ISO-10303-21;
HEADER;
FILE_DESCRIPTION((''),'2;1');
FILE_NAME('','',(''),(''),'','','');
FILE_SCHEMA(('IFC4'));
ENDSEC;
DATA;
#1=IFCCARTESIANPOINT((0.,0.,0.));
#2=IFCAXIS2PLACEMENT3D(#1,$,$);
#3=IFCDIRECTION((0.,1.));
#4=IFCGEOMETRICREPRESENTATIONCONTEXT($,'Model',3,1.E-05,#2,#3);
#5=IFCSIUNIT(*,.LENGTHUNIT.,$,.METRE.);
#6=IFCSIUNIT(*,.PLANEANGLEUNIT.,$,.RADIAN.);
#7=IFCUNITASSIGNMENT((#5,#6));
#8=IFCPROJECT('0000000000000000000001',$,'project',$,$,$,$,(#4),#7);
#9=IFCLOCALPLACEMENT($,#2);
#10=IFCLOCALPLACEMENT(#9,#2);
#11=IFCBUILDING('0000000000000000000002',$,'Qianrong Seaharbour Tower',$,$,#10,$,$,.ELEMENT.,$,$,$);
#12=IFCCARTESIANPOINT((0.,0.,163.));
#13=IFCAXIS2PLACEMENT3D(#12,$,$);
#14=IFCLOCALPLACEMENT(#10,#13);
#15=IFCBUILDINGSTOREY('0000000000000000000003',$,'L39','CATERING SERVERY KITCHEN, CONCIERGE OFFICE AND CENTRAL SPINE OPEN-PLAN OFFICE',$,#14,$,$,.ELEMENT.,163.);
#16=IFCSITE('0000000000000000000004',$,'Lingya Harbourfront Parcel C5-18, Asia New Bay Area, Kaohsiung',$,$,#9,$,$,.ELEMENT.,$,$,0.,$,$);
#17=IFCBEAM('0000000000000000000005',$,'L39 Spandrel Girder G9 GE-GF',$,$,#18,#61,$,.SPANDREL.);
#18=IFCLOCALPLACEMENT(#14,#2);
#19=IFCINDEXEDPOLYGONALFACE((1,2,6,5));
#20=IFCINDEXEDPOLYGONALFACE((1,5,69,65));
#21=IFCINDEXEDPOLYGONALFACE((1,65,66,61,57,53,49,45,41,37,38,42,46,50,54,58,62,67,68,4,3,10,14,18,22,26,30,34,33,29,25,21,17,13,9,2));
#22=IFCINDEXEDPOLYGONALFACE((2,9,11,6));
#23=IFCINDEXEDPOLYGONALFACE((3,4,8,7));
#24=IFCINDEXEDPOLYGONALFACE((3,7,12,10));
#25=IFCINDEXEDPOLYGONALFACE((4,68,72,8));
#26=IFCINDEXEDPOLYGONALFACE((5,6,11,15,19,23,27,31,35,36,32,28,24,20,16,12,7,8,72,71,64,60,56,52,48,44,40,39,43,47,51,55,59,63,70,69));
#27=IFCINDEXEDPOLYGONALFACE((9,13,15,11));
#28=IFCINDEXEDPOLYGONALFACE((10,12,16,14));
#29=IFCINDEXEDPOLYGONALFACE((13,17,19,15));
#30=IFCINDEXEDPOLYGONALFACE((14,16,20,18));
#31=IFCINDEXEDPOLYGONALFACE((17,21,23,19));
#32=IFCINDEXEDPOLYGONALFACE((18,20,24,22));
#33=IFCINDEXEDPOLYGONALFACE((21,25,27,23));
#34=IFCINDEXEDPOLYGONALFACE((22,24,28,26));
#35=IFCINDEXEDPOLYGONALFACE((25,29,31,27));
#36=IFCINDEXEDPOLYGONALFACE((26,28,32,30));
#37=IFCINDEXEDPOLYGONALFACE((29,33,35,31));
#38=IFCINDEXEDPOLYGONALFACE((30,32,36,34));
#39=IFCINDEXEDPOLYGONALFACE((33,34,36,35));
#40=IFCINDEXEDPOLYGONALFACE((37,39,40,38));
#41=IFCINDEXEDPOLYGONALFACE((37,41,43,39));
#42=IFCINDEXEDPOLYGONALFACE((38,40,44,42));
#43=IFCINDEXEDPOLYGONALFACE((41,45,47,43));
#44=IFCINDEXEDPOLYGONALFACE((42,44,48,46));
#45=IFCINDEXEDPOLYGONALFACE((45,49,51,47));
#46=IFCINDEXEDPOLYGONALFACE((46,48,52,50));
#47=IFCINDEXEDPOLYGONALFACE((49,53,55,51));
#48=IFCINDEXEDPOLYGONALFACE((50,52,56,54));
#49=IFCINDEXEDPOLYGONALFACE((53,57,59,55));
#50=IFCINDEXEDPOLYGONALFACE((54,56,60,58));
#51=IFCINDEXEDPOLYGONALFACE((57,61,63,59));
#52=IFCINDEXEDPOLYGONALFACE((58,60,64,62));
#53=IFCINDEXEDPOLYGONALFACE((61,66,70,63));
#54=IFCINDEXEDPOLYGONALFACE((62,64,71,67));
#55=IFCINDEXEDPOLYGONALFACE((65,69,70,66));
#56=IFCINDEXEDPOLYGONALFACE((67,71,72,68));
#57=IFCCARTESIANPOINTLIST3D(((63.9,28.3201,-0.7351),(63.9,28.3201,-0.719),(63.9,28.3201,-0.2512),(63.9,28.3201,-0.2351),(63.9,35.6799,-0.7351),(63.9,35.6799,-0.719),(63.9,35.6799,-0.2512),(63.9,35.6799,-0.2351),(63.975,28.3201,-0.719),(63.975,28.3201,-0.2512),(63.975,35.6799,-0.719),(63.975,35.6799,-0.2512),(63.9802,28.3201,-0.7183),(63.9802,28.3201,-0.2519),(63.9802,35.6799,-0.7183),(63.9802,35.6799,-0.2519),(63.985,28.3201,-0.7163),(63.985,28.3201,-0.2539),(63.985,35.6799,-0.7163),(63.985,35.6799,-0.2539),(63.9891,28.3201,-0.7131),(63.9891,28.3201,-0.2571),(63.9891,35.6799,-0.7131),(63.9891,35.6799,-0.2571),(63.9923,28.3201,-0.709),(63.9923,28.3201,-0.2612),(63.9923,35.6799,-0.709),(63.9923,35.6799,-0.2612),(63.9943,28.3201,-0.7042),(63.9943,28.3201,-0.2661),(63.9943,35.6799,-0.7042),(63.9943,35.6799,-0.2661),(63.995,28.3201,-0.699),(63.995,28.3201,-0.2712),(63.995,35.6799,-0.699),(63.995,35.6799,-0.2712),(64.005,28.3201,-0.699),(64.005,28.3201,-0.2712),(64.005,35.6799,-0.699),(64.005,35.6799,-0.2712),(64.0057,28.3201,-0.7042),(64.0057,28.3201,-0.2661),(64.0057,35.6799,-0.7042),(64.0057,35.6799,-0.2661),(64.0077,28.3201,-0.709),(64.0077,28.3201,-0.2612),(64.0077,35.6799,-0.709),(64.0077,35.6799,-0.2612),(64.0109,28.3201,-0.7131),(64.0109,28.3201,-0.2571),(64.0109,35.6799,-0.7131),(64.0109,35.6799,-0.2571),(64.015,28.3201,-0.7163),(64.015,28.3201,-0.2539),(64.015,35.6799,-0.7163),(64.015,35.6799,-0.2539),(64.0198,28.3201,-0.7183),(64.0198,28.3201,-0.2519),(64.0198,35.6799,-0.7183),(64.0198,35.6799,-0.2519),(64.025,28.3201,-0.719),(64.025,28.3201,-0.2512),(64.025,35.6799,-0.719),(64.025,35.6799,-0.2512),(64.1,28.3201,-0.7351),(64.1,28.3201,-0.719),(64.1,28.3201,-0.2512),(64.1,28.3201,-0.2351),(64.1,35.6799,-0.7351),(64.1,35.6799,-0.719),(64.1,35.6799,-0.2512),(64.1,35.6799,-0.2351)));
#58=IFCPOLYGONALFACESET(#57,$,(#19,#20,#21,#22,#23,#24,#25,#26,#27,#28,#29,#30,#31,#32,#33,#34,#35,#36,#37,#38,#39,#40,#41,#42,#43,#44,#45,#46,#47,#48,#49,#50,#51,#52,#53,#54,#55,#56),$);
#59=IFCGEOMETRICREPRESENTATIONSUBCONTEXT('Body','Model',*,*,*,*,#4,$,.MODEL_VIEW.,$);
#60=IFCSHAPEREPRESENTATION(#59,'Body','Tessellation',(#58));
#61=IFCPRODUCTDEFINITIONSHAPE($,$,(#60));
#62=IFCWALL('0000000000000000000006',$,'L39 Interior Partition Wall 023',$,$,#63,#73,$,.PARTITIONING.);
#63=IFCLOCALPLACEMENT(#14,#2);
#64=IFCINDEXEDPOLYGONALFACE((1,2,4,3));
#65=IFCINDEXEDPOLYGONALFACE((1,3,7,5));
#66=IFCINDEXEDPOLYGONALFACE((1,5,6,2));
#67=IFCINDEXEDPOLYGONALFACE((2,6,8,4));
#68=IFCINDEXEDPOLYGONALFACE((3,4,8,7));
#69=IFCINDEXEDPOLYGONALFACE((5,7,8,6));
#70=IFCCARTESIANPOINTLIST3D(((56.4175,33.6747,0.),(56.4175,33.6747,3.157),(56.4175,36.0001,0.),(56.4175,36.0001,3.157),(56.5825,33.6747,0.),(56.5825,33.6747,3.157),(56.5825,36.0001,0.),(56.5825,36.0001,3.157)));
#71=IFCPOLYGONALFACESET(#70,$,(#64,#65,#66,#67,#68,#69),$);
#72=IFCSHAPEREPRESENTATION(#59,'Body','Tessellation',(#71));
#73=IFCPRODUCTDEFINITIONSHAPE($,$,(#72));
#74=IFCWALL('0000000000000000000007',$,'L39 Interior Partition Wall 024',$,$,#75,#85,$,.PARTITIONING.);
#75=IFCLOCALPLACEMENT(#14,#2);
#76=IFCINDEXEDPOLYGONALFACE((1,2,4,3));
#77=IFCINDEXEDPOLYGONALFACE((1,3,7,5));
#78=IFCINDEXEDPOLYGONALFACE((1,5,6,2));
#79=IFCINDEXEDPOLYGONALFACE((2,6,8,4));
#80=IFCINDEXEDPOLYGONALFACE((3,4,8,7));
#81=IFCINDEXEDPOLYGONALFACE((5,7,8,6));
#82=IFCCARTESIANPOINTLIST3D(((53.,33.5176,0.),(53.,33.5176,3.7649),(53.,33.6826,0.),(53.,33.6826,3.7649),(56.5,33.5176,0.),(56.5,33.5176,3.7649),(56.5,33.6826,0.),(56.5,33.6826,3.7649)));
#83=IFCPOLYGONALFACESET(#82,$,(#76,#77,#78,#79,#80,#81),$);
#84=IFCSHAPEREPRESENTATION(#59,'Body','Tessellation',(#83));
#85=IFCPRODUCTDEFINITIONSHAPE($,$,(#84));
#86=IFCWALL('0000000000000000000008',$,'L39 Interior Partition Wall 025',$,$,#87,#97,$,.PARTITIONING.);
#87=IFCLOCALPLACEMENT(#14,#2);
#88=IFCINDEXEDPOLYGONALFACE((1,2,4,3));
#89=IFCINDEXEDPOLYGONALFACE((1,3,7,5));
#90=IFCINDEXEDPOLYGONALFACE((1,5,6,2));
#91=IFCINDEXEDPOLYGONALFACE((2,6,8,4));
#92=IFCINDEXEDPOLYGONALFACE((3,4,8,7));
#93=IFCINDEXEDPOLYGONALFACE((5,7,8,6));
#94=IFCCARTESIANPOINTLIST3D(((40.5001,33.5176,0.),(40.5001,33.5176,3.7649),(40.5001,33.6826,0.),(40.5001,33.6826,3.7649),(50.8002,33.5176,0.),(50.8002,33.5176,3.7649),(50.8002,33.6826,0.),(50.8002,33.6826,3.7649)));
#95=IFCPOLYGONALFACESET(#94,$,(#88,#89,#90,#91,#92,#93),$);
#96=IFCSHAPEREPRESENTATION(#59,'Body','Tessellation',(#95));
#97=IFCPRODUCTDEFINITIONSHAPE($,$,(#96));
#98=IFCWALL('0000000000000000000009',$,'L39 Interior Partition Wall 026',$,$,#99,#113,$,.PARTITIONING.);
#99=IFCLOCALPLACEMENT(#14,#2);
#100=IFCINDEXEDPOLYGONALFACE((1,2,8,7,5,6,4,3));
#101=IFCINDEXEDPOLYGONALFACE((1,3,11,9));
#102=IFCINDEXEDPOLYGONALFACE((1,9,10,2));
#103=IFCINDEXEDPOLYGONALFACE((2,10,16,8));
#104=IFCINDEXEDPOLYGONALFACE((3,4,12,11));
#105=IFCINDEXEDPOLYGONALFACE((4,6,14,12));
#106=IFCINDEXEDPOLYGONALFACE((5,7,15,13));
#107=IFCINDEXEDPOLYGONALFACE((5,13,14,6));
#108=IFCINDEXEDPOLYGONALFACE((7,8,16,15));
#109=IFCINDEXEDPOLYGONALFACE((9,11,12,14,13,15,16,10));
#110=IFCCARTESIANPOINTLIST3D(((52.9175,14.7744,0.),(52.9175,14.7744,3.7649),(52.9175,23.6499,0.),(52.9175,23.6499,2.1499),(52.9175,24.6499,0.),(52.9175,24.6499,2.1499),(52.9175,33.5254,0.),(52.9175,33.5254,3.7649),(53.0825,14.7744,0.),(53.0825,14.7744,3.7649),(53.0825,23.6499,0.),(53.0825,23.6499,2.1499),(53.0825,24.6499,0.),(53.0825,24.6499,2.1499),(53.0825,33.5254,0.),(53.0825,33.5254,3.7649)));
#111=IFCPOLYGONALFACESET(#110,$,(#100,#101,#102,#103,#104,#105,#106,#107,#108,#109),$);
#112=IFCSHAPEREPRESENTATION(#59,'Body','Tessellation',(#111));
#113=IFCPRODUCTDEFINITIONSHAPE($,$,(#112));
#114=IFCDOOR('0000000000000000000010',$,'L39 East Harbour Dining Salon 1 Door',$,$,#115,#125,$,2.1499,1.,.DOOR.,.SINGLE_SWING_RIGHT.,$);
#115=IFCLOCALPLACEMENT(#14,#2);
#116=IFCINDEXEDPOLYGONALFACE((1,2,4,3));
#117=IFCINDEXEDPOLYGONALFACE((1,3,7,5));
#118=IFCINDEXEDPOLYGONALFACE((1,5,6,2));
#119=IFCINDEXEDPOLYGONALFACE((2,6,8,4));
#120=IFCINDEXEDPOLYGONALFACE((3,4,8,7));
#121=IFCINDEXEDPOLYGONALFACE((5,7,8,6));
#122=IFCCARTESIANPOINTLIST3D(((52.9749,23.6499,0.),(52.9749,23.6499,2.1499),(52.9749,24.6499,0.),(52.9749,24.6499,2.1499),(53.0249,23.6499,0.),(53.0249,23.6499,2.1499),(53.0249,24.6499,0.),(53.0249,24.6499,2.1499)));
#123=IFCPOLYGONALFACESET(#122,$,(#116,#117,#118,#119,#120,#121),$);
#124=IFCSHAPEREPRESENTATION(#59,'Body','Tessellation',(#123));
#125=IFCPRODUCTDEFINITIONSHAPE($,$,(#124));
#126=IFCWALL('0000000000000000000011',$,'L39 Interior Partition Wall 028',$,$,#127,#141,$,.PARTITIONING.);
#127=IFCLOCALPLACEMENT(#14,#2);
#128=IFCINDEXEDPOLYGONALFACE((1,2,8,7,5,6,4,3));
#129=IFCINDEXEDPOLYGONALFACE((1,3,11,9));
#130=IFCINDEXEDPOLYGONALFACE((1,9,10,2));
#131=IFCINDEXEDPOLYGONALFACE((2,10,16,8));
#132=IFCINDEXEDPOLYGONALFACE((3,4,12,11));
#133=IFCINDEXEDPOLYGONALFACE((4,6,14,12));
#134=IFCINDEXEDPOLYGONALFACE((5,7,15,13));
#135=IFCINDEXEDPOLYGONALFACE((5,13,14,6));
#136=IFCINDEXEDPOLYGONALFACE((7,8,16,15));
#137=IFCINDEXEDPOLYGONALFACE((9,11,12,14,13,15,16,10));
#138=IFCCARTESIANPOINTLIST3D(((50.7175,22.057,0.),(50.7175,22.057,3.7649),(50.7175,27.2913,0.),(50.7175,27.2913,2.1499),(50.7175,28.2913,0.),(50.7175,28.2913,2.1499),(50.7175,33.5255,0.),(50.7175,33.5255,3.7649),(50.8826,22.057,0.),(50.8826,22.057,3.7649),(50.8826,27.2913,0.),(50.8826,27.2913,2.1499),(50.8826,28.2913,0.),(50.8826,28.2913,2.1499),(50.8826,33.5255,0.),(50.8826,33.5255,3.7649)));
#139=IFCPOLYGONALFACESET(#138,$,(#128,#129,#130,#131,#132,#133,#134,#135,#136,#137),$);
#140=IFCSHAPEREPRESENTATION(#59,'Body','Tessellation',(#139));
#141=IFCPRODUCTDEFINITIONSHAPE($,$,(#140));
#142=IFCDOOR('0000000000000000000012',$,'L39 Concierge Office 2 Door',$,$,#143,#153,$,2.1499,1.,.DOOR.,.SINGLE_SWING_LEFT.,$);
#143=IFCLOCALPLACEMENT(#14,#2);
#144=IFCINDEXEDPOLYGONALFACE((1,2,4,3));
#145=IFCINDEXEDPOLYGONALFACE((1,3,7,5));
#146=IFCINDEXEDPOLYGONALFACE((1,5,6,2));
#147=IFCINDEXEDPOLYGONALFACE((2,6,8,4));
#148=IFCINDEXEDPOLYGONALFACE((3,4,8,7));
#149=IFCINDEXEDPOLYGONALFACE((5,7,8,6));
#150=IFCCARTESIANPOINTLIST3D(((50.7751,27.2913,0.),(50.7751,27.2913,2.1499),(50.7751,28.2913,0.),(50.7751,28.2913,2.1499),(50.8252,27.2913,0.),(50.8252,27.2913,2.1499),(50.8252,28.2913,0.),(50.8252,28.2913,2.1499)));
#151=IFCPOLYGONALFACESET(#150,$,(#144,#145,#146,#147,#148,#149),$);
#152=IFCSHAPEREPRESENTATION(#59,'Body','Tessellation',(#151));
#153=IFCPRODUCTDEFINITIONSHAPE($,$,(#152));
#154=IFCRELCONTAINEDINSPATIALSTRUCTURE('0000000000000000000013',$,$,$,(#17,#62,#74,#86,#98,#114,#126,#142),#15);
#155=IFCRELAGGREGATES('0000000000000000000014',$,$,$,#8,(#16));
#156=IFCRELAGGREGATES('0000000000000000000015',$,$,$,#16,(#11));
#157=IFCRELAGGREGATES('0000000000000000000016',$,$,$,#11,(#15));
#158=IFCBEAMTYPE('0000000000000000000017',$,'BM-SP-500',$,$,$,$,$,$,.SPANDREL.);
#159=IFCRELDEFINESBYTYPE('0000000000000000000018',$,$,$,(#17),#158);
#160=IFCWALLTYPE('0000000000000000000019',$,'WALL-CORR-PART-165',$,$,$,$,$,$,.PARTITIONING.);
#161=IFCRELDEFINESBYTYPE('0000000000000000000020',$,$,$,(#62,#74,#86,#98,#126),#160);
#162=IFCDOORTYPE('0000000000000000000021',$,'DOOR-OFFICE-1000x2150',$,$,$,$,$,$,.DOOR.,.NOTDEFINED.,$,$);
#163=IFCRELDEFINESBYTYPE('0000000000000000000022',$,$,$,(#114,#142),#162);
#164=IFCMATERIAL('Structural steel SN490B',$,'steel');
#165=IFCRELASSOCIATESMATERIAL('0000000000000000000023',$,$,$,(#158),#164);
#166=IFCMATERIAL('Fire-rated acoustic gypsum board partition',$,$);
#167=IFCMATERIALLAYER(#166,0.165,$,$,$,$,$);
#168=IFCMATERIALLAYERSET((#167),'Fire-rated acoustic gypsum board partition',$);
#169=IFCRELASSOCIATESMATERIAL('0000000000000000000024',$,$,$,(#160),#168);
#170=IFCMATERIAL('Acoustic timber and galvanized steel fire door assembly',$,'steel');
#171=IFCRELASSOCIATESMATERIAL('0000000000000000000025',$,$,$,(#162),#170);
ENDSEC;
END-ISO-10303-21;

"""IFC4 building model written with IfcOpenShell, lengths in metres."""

from ifc_helpers import new_model, si_unit, direction, frame, frame_2d, origin, origin_2d, place, context, subcontext, project, spatial, rectangle, i_section, extrude, material, layer, layer_set, material_profile, profile_set, type_object, element, fill, save


model = new_model("IFC4")

# Units and contexts
model_context = context("Model", 3, precision=1e-05, world=origin(), true_north=direction((0.0, 1.0)))
body_context = subcontext(model_context, "Body", "Model", "MODEL_VIEW")
ifc_project = project(units=[si_unit("LENGTHUNIT", "METRE"), si_unit("PLANEANGLEUNIT", "RADIAN")], contexts=[model_context])

# Site, building, storey
site_placement = place(None, origin())
site = spatial("IfcSite", under=ifc_project, at=site_placement, Name="Lingya Harbourfront Parcel C5-18, Asia New Bay Area, Kaohsiung", CompositionType="ELEMENT", RefElevation=0.0)
building_placement = place(site_placement, origin())
building = spatial("IfcBuilding", under=site, at=building_placement, Name="Qianrong Seaharbour Tower", CompositionType="ELEMENT")
storey_placement = place(building_placement, frame((0.0, 0.0, 163.0)))
storey = spatial("IfcBuildingStorey", under=building, at=storey_placement, Name="L39", Description="CATERING SERVERY KITCHEN, CONCIERGE OFFICE AND CENTRAL SPINE OPEN-PLAN OFFICE", CompositionType="ELEMENT", Elevation=163.0)

# Shared definitions
ifc_material_1 = material(Name="Structural steel SN490B", Category="steel")

# Beam
ifc_material_profile_1 = material_profile(ifc_material_1, i_section(OverallWidth=0.2, OverallDepth=0.5, WebThickness=0.01, FlangeThickness=0.0161, FilletRadius=0.02, at=origin_2d()), Name="H500x200x10x16")
ifc_profile_set_1 = profile_set([ifc_material_profile_1], Name="Structural steel SN490B")
beam_type_1 = type_object("IfcBeamType", Name="BM-SP-500", PredefinedType="SPANDREL", material=ifc_profile_set_1)
beam_1_placement = place(storey_placement, frame((64.0, 28.3201, -0.4851), z_axis=(0.0, 1.0, 0.0), x_axis=(-1.0, 0.0, 0.0)))
element("IfcBeam", 1, at=beam_1_placement, inside=storey, type_object=beam_type_1, Name="L39 Spandrel Girder G9 GE-GF", PredefinedType="SPANDREL", context=body_context, shape_type="SweptSolid", body=[
    extrude(i_section(OverallWidth=0.2, OverallDepth=0.5, WebThickness=0.01, FlangeThickness=0.0161, FilletRadius=0.02, at=origin_2d()), origin(), (0.0, 0.0, 1.0), 7.3599),
])

# Walls
ifc_material_2 = material(Name="Fire-rated acoustic gypsum board partition")
ifc_layer = layer(ifc_material_2, 0.165)
ifc_layer_set = layer_set([ifc_layer], Name="Fire-rated acoustic gypsum board partition")
wall_type = type_object("IfcWallType", Name="WALL-CORR-PART-165", PredefinedType="PARTITIONING", material=ifc_layer_set)
wall_1_placement = place(storey_placement, frame((56.5, 36.0, 0.0), z_axis=(0.0, 0.0, 1.0), x_axis=(0.0, -1.0, 0.0)))
element("IfcWall", 2, at=wall_1_placement, inside=storey, type_object=wall_type, Name="L39 Interior Partition Wall 023", PredefinedType="PARTITIONING", context=body_context, shape_type="SweptSolid", body=[
    extrude(rectangle(XDim=2.3254, YDim=0.165, at=frame_2d((1.1626, 0.0))), origin(), (0.0, 0.0, 1.0), 3.157),
])
wall_2_placement = place(storey_placement, frame((56.5, 33.6001, 0.0), z_axis=(0.0, 0.0, 1.0), x_axis=(-1.0, 0.0, 0.0)))
element("IfcWall", 3, at=wall_2_placement, inside=storey, type_object=wall_type, Name="L39 Interior Partition Wall 024", PredefinedType="PARTITIONING", context=body_context, shape_type="SweptSolid", body=[
    extrude(rectangle(XDim=3.5, YDim=0.165, at=frame_2d((1.75, 0.0))), origin(), (0.0, 0.0, 1.0), 3.7649),
])
wall_3_placement = place(storey_placement, frame((50.8, 33.6001, 0.0), z_axis=(0.0, 0.0, 1.0), x_axis=(-1.0, 0.0, 0.0)))
element("IfcWall", 4, at=wall_3_placement, inside=storey, type_object=wall_type, Name="L39 Interior Partition Wall 025", PredefinedType="PARTITIONING", context=body_context, shape_type="SweptSolid", body=[
    extrude(rectangle(XDim=10.3, YDim=0.165, at=frame_2d((5.1499, 0.0))), origin(), (0.0, 0.0, 1.0), 3.7649),
])

# Walls, openings, doors
wall_4_placement = place(storey_placement, frame((53.0, 33.5254, 0.0), z_axis=(0.0, 0.0, 1.0), x_axis=(0.0, -1.0, 0.0)))
wall_4 = element("IfcWall", 5, at=wall_4_placement, inside=storey, type_object=wall_type, Name="L39 Interior Partition Wall 026", PredefinedType="PARTITIONING", context=body_context, shape_type="SweptSolid", body=[
    extrude(rectangle(XDim=18.751, YDim=0.165, at=frame_2d((9.3755, 0.0))), origin(), (0.0, 0.0, 1.0), 3.7649),
])
opening_1_placement = place(wall_4_placement, frame((8.8755, 0.0, 0.0)))
opening_1 = element("IfcOpeningElement", 6, at=opening_1_placement, cuts=wall_4, PredefinedType="OPENING", context=body_context, shape_type="SweptSolid", body=[
    extrude(rectangle(XDim=1.0, YDim=2.1499, at=frame_2d((0.5, 1.075))), frame((0.0, 0.0925, 0.0), z_axis=(0.0, -1.0, 0.0), x_axis=(1.0, 0.0, 0.0)), (0.0, 0.0, 1.0), 0.1851),
])
ifc_material_3 = material(Name="Acoustic timber and galvanized steel fire door assembly", Category="steel")
door_type = type_object("IfcDoorType", Name="DOOR-OFFICE-1000x2150", OperationType="NOTDEFINED", PredefinedType="DOOR", material=ifc_material_3)
door_1_placement = place(opening_1_placement, origin())
door_1 = element("IfcDoor", 7, at=door_1_placement, inside=storey, type_object=door_type, Name="L39 East Harbour Dining Salon 1 Door", OperationType="SINGLE_SWING_RIGHT", OverallHeight=2.1499, OverallWidth=1.0, PredefinedType="DOOR", context=body_context, shape_type="SweptSolid", body=[
    extrude(rectangle(XDim=1.0, YDim=2.1499, at=frame_2d((0.5, 1.075))), frame((0.0, 0.0249, 0.0), z_axis=(0.0, -1.0, 0.0), x_axis=(1.0, 0.0, 0.0)), (0.0, 0.0, 1.0), 0.05),
])
fill(opening_1, door_1)
wall_5_placement = place(storey_placement, frame((50.8, 22.0569, 0.0), z_axis=(0.0, 0.0, 1.0), x_axis=(0.0, 1.0, 0.0)))
wall_5 = element("IfcWall", 8, at=wall_5_placement, inside=storey, type_object=wall_type, Name="L39 Interior Partition Wall 028", PredefinedType="PARTITIONING", context=body_context, shape_type="SweptSolid", body=[
    extrude(rectangle(XDim=11.4685, YDim=0.165, at=frame_2d((5.7344, 0.0))), origin(), (0.0, 0.0, 1.0), 3.7649),
])
opening_2_placement = place(wall_5_placement, frame((5.2344, 0.0, 0.0)))
opening_2 = element("IfcOpeningElement", 9, at=opening_2_placement, cuts=wall_5, PredefinedType="OPENING", context=body_context, shape_type="SweptSolid", body=[
    extrude(rectangle(XDim=1.0, YDim=2.1499, at=frame_2d((0.5, 1.075))), frame((0.0, 0.0925, 0.0), z_axis=(0.0, -1.0, 0.0), x_axis=(1.0, 0.0, 0.0)), (0.0, 0.0, 1.0), 0.1851),
])
door_2_placement = place(opening_2_placement, origin())
door_2 = element("IfcDoor", 10, at=door_2_placement, inside=storey, type_object=door_type, Name="L39 Concierge Office 2 Door", OperationType="SINGLE_SWING_LEFT", OverallHeight=2.1499, OverallWidth=1.0, PredefinedType="DOOR", context=body_context, shape_type="SweptSolid", body=[
    extrude(rectangle(XDim=1.0, YDim=2.1499, at=frame_2d((0.5, 1.075))), frame((0.0, 0.0249, 0.0), z_axis=(0.0, -1.0, 0.0), x_axis=(1.0, 0.0, 0.0)), (0.0, 0.0, 1.0), 0.05),
])
fill(opening_2, door_2)

save(model, "model.ifc")
